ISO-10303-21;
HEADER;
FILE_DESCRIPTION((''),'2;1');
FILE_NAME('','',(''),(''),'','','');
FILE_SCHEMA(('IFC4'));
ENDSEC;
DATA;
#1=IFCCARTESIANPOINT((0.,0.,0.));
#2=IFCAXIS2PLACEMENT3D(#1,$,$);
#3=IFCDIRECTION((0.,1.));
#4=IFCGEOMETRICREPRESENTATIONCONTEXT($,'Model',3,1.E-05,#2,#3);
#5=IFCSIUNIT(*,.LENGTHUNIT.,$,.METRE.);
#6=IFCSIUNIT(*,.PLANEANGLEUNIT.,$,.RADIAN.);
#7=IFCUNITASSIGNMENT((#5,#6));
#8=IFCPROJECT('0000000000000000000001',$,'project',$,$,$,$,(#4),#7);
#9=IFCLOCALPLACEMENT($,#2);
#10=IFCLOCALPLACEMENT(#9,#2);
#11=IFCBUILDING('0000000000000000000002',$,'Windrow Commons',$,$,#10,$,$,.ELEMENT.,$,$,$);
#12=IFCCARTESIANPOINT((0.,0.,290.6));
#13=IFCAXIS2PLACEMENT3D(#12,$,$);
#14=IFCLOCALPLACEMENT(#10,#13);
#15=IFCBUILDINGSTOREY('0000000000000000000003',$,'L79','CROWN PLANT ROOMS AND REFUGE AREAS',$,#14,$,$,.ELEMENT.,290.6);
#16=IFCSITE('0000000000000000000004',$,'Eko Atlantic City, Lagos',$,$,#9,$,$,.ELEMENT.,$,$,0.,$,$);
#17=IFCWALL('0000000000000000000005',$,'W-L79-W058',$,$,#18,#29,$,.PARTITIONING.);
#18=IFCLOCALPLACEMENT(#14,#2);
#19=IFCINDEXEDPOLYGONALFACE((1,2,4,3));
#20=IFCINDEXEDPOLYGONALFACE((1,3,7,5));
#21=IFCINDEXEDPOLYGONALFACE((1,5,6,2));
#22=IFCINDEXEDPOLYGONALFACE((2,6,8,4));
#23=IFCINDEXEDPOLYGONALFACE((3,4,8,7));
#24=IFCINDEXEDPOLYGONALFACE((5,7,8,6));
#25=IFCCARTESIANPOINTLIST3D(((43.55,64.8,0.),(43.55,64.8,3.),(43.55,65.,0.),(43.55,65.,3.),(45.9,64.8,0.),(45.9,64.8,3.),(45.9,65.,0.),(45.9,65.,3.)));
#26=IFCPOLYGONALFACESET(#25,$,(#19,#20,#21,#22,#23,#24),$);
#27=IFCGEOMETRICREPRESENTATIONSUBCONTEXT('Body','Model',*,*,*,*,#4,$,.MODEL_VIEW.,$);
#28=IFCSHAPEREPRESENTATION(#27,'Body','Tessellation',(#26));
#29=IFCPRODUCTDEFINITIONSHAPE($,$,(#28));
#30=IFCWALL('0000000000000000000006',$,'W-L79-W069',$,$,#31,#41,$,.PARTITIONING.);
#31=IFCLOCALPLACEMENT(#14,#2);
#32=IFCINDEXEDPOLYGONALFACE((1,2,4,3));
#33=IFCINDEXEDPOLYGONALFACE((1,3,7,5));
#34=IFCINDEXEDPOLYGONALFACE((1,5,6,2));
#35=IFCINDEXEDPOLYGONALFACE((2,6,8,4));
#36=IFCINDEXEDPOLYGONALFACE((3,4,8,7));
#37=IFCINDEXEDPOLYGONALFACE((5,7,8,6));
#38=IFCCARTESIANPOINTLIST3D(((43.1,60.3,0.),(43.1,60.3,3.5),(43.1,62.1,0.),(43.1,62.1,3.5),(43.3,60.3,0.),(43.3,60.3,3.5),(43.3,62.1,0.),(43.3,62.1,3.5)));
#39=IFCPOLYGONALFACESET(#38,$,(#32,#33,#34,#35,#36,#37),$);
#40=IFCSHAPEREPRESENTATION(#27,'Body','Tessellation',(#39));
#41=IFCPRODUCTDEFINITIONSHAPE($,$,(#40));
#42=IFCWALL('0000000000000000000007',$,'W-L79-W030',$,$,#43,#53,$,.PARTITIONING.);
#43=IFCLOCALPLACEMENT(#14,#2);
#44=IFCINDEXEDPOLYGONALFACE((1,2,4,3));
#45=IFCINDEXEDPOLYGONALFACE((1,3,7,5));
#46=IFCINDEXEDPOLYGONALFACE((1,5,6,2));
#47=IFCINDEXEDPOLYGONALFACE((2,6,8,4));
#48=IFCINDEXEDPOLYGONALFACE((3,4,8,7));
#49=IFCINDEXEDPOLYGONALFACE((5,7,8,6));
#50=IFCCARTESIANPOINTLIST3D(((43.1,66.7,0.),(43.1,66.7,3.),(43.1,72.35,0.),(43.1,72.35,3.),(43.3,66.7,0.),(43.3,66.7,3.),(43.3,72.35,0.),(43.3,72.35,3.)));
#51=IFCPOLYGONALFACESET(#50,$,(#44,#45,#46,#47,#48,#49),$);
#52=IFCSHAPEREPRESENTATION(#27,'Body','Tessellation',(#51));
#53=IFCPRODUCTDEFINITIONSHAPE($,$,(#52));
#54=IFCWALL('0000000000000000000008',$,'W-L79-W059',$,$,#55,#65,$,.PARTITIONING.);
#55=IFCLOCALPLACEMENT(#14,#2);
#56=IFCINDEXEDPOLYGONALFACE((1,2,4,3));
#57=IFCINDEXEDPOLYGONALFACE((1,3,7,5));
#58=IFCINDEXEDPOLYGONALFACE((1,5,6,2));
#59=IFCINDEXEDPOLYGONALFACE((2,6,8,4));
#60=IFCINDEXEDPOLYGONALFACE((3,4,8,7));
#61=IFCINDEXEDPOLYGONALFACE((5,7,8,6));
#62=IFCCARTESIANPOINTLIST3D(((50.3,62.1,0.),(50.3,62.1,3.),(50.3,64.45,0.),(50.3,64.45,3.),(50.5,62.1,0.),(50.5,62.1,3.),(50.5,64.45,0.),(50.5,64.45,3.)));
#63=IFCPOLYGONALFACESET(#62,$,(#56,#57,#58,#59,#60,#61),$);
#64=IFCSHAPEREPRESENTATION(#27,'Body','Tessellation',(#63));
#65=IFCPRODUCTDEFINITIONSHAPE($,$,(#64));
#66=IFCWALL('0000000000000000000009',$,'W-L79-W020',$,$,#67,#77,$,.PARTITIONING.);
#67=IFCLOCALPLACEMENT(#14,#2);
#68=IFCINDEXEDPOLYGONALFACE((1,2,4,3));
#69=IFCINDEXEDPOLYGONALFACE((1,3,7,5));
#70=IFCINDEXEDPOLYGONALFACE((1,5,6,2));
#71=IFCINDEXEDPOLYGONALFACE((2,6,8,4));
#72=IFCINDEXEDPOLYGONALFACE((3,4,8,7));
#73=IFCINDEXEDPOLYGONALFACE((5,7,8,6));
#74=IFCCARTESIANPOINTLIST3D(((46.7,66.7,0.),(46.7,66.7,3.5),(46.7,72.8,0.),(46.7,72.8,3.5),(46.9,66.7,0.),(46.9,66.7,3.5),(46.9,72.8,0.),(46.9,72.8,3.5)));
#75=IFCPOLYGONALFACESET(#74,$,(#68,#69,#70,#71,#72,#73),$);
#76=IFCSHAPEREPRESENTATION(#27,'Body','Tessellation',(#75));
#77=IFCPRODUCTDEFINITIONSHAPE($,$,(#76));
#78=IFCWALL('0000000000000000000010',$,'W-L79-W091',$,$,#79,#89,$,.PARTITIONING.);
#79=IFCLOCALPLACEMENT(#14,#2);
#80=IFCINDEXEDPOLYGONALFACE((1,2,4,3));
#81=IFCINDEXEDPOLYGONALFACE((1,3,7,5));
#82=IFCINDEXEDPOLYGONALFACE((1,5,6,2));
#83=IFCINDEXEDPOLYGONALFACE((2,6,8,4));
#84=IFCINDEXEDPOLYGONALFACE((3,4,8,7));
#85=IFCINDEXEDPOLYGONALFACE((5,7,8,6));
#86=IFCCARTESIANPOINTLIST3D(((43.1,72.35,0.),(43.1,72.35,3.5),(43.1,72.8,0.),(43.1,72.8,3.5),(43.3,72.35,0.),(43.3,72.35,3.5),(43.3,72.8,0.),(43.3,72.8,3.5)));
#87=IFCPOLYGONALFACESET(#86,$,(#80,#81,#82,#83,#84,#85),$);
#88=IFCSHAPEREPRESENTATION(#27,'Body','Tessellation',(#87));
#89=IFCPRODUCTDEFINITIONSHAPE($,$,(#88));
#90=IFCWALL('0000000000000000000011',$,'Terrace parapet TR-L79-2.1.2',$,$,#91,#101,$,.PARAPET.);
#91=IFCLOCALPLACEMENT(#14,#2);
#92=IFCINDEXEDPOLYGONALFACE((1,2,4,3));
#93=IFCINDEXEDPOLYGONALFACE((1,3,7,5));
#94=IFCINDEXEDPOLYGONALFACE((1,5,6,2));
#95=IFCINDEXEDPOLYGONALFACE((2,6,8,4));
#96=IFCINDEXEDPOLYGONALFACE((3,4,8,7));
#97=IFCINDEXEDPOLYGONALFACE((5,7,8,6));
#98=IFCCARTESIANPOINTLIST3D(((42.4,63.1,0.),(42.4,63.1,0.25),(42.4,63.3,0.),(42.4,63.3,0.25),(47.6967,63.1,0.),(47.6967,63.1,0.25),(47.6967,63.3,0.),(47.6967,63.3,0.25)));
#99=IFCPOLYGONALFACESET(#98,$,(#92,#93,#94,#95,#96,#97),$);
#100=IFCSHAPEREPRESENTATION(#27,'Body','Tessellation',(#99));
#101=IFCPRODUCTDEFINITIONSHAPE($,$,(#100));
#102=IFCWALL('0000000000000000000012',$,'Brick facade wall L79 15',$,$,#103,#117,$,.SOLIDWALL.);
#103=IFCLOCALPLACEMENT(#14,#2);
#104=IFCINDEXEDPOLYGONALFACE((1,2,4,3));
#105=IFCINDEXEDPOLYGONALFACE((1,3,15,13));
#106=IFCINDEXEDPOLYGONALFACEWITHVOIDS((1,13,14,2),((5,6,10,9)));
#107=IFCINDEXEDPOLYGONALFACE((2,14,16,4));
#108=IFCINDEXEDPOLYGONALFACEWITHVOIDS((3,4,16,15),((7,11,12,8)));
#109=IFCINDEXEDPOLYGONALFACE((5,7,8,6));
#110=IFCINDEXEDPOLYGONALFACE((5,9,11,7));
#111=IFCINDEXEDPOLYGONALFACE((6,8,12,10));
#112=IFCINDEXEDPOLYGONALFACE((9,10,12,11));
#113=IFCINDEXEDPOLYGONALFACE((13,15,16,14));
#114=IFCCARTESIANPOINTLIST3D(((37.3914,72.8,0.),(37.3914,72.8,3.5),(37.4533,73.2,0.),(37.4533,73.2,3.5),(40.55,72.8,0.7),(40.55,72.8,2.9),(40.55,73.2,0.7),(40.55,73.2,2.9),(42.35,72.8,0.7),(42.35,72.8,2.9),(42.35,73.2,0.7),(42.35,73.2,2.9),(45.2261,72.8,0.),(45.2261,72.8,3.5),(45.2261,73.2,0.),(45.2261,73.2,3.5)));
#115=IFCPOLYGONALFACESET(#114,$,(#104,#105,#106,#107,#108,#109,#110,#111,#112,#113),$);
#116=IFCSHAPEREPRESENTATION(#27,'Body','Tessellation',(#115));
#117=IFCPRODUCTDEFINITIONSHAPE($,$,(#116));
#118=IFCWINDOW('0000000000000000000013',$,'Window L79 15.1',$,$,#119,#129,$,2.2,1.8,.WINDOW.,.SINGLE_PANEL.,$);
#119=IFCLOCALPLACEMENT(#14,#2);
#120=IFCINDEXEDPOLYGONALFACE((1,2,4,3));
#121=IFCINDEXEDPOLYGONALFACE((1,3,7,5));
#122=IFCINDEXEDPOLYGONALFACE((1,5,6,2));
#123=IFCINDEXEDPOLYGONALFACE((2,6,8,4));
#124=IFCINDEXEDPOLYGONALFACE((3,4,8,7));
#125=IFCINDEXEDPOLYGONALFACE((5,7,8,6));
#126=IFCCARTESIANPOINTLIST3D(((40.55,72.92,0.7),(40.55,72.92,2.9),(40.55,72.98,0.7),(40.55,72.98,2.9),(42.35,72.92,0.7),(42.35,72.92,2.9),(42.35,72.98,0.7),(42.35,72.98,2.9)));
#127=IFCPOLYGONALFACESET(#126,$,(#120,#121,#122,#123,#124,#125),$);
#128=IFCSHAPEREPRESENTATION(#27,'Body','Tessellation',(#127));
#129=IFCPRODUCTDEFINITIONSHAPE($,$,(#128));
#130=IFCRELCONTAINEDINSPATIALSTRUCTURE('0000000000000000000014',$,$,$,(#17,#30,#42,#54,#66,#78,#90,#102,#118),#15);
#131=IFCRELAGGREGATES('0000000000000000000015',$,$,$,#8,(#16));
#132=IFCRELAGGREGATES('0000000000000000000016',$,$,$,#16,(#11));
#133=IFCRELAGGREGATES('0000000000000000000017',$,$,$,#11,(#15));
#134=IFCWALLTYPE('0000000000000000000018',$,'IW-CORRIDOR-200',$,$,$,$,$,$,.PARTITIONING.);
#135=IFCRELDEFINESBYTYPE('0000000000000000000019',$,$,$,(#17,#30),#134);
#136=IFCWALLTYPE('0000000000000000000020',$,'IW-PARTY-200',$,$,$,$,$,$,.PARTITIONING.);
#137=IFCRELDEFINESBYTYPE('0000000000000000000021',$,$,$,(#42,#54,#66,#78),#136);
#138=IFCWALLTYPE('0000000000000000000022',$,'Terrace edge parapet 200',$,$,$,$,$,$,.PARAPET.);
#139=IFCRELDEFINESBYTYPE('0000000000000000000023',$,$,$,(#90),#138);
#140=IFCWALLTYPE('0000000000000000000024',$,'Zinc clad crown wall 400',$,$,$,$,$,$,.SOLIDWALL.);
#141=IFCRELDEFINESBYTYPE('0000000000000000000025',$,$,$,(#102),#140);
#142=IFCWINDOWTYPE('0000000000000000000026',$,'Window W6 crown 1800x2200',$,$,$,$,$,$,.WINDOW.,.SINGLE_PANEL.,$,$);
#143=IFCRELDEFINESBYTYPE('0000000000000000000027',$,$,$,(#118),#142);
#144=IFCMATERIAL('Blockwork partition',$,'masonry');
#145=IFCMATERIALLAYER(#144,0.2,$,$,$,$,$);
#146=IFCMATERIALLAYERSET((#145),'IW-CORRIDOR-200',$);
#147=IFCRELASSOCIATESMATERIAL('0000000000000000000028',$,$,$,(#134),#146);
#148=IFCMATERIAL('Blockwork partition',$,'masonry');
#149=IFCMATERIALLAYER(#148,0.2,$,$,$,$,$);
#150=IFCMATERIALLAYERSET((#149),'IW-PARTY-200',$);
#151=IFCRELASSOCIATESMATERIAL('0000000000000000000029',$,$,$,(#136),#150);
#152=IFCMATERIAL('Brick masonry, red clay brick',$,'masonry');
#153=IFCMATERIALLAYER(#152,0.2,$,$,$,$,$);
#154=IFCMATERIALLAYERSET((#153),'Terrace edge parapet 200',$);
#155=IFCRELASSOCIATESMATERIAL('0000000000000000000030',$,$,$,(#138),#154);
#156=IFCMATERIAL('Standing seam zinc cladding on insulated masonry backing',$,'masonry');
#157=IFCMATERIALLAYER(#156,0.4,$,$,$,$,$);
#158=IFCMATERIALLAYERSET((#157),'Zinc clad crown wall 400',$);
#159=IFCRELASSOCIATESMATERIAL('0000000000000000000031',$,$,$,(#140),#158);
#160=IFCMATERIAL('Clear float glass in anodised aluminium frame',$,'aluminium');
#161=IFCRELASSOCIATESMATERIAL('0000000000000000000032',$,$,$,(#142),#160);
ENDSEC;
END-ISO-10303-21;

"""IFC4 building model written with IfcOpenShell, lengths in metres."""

from ifc_helpers import new_model, si_unit, direction, frame, frame_2d, origin, place, context, subcontext, project, spatial, polyline, rectangle, outline, extrude, material, layer, layer_set, type_object, element, fill, save


model = new_model("IFC4")

# Units and contexts
model_context = context("Model", 3, precision=1e-05, world=origin(), true_north=direction((0.0, 1.0)))
body_context = subcontext(model_context, "Body", "Model", "MODEL_VIEW")
ifc_project = project(units=[si_unit("LENGTHUNIT", "METRE"), si_unit("PLANEANGLEUNIT", "RADIAN")], contexts=[model_context])

# Site, building, storey
site_placement = place(None, origin())
site = spatial("IfcSite", under=ifc_project, at=site_placement, Name="Eko Atlantic City, Lagos", CompositionType="ELEMENT", RefElevation=0.0)
building_placement = place(site_placement, origin())
building = spatial("IfcBuilding", under=site, at=building_placement, Name="Windrow Commons", CompositionType="ELEMENT")
storey_placement = place(building_placement, frame((0.0, 0.0, 290.6)))
storey = spatial("IfcBuildingStorey", under=building, at=storey_placement, Name="L79", Description="CROWN PLANT ROOMS AND REFUGE AREAS", CompositionType="ELEMENT", Elevation=290.6)

# Shared definitions
ifc_material_1 = material(Name="Blockwork partition", Category="masonry")
ifc_layer_1 = layer(ifc_material_1, 0.2)
ifc_layer_set_1 = layer_set([ifc_layer_1], Name="IW-CORRIDOR-200")
wall_type_1 = type_object("IfcWallType", Name="IW-CORRIDOR-200", PredefinedType="PARTITIONING", material=ifc_layer_set_1)

# Walls
wall_1_placement = place(storey_placement, frame((43.55, 64.9, 0.0), z_axis=(0.0, 0.0, 1.0), x_axis=(1.0, 0.0, 0.0)))
element("IfcWall", 1, at=wall_1_placement, inside=storey, type_object=wall_type_1, Name="W-L79-W058", PredefinedType="PARTITIONING", context=body_context, shape_type="SweptSolid", body=[
    extrude(rectangle(XDim=2.35, YDim=0.2, at=frame_2d((1.175, 0.0))), origin(), (0.0, 0.0, 1.0), 3.0),
])
wall_2_placement = place(storey_placement, frame((43.2, 60.3, 0.0), z_axis=(0.0, 0.0, 1.0), x_axis=(0.0, 1.0, 0.0)))
element("IfcWall", 2, at=wall_2_placement, inside=storey, type_object=wall_type_1, Name="W-L79-W069", PredefinedType="PARTITIONING", context=body_context, shape_type="SweptSolid", body=[
    extrude(rectangle(XDim=1.8, YDim=0.2, at=frame_2d((0.9, 0.0))), origin(), (0.0, 0.0, 1.0), 3.5),
])
ifc_material_2 = material(Name="Blockwork partition", Category="masonry")
ifc_layer_2 = layer(ifc_material_2, 0.2)
ifc_layer_set_2 = layer_set([ifc_layer_2], Name="IW-PARTY-200")
wall_type_2 = type_object("IfcWallType", Name="IW-PARTY-200", PredefinedType="PARTITIONING", material=ifc_layer_set_2)
wall_3_placement = place(storey_placement, frame((43.2, 66.7, 0.0), z_axis=(0.0, 0.0, 1.0), x_axis=(0.0, 1.0, 0.0)))
element("IfcWall", 3, at=wall_3_placement, inside=storey, type_object=wall_type_2, Name="W-L79-W030", PredefinedType="PARTITIONING", context=body_context, shape_type="SweptSolid", body=[
    extrude(rectangle(XDim=5.65, YDim=0.2, at=frame_2d((2.825, 0.0))), origin(), (0.0, 0.0, 1.0), 3.0),
])
wall_4_placement = place(storey_placement, frame((50.4, 62.1, 0.0), z_axis=(0.0, 0.0, 1.0), x_axis=(0.0, 1.0, 0.0)))
element("IfcWall", 4, at=wall_4_placement, inside=storey, type_object=wall_type_2, Name="W-L79-W059", PredefinedType="PARTITIONING", context=body_context, shape_type="SweptSolid", body=[
    extrude(rectangle(XDim=2.35, YDim=0.2, at=frame_2d((1.175, 0.0))), origin(), (0.0, 0.0, 1.0), 3.0),
])
wall_5_placement = place(storey_placement, frame((46.8, 66.7, 0.0), z_axis=(0.0, 0.0, 1.0), x_axis=(0.0, 1.0, 0.0)))
element("IfcWall", 5, at=wall_5_placement, inside=storey, type_object=wall_type_2, Name="W-L79-W020", PredefinedType="PARTITIONING", context=body_context, shape_type="SweptSolid", body=[
    extrude(outline(polyline([(0.0, -0.1), (6.1, -0.1), (6.1, 0.1), (0.0, 0.1), (0.0, -0.1)])), origin(), (0.0, 0.0, 1.0), 3.5),
])
wall_6_placement = place(storey_placement, frame((43.2, 72.35, 0.0), z_axis=(0.0, 0.0, 1.0), x_axis=(0.0, 1.0, 0.0)))
element("IfcWall", 6, at=wall_6_placement, inside=storey, type_object=wall_type_2, Name="W-L79-W091", PredefinedType="PARTITIONING", context=body_context, shape_type="SweptSolid", body=[
    extrude(outline(polyline([(0.0, -0.1), (0.45, -0.1), (0.45, 0.1), (0.0, 0.1), (0.0, -0.1)])), origin(), (0.0, 0.0, 1.0), 3.5),
])
ifc_material_3 = material(Name="Brick masonry, red clay brick", Category="masonry")
ifc_layer_3 = layer(ifc_material_3, 0.2)
ifc_layer_set_3 = layer_set([ifc_layer_3], Name="Terrace edge parapet 200")
wall_type_3 = type_object("IfcWallType", Name="Terrace edge parapet 200", PredefinedType="PARAPET", material=ifc_layer_set_3)
wall_7_placement = place(storey_placement, frame((47.6967, 63.2, 0.0), z_axis=(0.0, 0.0, 1.0), x_axis=(-1.0, 0.0, 0.0)))
element("IfcWall", 7, at=wall_7_placement, inside=storey, type_object=wall_type_3, Name="Terrace parapet TR-L79-2.1.2", PredefinedType="PARAPET", context=body_context, shape_type="SweptSolid", body=[
    extrude(outline(polyline([(0.0, -0.1), (5.2967, -0.1), (5.2967, 0.1), (0.0, 0.1), (0.0, -0.1)])), origin(), (0.0, 0.0, 1.0), 0.25),
])

# Wall, opening, window
ifc_material_4 = material(Name="Standing seam zinc cladding on insulated masonry backing", Category="masonry")
ifc_layer_4 = layer(ifc_material_4, 0.4)
ifc_layer_set_4 = layer_set([ifc_layer_4], Name="Zinc clad crown wall 400")
wall_type_4 = type_object("IfcWallType", Name="Zinc clad crown wall 400", PredefinedType="SOLIDWALL", material=ifc_layer_set_4)
wall_8_placement = place(storey_placement, frame((45.2261, 73.0, 0.0), z_axis=(0.0, 0.0, 1.0), x_axis=(-1.0, 0.0, 0.0)))
wall_8 = element("IfcWall", 8, at=wall_8_placement, inside=storey, type_object=wall_type_4, Name="Brick facade wall L79 15", PredefinedType="SOLIDWALL", context=body_context, shape_type="SweptSolid", body=[
    extrude(outline(polyline([(0.0, -0.2), (7.7728, -0.2), (7.8347, 0.2), (0.0, 0.2), (0.0, -0.2)])), origin(), (0.0, 0.0, 1.0), 3.5),
])
opening_1_placement = place(wall_8_placement, frame((2.8761, 0.0, 0.7)))
opening_1 = element("IfcOpeningElement", 9, at=opening_1_placement, cuts=wall_8, PredefinedType="OPENING", context=body_context, shape_type="SweptSolid", body=[
    extrude(rectangle(XDim=1.8, YDim=2.2, at=frame_2d((0.9, 1.1))), frame((0.0, 0.21, 0.0), z_axis=(0.0, -1.0, 0.0), x_axis=(1.0, 0.0, 0.0)), (0.0, 0.0, 1.0), 0.42),
])
ifc_material_5 = material(Name="Clear float glass in anodised aluminium frame", Category="aluminium")
window_type = type_object("IfcWindowType", Name="Window W6 crown 1800x2200", PartitioningType="SINGLE_PANEL", PredefinedType="WINDOW", material=ifc_material_5)
window_placement = place(opening_1_placement, origin())
window = element("IfcWindow", 10, at=window_placement, inside=storey, type_object=window_type, Name="Window L79 15.1", OverallHeight=2.2, OverallWidth=1.8, PartitioningType="SINGLE_PANEL", PredefinedType="WINDOW", context=body_context, shape_type="SweptSolid", body=[
    extrude(rectangle(XDim=1.8, YDim=2.2, at=frame_2d((0.9, 1.1))), frame((0.0, 0.08, 0.0), z_axis=(0.0, -1.0, 0.0), x_axis=(1.0, 0.0, 0.0)), (0.0, 0.0, 1.0), 0.06),
])
fill(opening_1, window)

save(model, "model.ifc")
